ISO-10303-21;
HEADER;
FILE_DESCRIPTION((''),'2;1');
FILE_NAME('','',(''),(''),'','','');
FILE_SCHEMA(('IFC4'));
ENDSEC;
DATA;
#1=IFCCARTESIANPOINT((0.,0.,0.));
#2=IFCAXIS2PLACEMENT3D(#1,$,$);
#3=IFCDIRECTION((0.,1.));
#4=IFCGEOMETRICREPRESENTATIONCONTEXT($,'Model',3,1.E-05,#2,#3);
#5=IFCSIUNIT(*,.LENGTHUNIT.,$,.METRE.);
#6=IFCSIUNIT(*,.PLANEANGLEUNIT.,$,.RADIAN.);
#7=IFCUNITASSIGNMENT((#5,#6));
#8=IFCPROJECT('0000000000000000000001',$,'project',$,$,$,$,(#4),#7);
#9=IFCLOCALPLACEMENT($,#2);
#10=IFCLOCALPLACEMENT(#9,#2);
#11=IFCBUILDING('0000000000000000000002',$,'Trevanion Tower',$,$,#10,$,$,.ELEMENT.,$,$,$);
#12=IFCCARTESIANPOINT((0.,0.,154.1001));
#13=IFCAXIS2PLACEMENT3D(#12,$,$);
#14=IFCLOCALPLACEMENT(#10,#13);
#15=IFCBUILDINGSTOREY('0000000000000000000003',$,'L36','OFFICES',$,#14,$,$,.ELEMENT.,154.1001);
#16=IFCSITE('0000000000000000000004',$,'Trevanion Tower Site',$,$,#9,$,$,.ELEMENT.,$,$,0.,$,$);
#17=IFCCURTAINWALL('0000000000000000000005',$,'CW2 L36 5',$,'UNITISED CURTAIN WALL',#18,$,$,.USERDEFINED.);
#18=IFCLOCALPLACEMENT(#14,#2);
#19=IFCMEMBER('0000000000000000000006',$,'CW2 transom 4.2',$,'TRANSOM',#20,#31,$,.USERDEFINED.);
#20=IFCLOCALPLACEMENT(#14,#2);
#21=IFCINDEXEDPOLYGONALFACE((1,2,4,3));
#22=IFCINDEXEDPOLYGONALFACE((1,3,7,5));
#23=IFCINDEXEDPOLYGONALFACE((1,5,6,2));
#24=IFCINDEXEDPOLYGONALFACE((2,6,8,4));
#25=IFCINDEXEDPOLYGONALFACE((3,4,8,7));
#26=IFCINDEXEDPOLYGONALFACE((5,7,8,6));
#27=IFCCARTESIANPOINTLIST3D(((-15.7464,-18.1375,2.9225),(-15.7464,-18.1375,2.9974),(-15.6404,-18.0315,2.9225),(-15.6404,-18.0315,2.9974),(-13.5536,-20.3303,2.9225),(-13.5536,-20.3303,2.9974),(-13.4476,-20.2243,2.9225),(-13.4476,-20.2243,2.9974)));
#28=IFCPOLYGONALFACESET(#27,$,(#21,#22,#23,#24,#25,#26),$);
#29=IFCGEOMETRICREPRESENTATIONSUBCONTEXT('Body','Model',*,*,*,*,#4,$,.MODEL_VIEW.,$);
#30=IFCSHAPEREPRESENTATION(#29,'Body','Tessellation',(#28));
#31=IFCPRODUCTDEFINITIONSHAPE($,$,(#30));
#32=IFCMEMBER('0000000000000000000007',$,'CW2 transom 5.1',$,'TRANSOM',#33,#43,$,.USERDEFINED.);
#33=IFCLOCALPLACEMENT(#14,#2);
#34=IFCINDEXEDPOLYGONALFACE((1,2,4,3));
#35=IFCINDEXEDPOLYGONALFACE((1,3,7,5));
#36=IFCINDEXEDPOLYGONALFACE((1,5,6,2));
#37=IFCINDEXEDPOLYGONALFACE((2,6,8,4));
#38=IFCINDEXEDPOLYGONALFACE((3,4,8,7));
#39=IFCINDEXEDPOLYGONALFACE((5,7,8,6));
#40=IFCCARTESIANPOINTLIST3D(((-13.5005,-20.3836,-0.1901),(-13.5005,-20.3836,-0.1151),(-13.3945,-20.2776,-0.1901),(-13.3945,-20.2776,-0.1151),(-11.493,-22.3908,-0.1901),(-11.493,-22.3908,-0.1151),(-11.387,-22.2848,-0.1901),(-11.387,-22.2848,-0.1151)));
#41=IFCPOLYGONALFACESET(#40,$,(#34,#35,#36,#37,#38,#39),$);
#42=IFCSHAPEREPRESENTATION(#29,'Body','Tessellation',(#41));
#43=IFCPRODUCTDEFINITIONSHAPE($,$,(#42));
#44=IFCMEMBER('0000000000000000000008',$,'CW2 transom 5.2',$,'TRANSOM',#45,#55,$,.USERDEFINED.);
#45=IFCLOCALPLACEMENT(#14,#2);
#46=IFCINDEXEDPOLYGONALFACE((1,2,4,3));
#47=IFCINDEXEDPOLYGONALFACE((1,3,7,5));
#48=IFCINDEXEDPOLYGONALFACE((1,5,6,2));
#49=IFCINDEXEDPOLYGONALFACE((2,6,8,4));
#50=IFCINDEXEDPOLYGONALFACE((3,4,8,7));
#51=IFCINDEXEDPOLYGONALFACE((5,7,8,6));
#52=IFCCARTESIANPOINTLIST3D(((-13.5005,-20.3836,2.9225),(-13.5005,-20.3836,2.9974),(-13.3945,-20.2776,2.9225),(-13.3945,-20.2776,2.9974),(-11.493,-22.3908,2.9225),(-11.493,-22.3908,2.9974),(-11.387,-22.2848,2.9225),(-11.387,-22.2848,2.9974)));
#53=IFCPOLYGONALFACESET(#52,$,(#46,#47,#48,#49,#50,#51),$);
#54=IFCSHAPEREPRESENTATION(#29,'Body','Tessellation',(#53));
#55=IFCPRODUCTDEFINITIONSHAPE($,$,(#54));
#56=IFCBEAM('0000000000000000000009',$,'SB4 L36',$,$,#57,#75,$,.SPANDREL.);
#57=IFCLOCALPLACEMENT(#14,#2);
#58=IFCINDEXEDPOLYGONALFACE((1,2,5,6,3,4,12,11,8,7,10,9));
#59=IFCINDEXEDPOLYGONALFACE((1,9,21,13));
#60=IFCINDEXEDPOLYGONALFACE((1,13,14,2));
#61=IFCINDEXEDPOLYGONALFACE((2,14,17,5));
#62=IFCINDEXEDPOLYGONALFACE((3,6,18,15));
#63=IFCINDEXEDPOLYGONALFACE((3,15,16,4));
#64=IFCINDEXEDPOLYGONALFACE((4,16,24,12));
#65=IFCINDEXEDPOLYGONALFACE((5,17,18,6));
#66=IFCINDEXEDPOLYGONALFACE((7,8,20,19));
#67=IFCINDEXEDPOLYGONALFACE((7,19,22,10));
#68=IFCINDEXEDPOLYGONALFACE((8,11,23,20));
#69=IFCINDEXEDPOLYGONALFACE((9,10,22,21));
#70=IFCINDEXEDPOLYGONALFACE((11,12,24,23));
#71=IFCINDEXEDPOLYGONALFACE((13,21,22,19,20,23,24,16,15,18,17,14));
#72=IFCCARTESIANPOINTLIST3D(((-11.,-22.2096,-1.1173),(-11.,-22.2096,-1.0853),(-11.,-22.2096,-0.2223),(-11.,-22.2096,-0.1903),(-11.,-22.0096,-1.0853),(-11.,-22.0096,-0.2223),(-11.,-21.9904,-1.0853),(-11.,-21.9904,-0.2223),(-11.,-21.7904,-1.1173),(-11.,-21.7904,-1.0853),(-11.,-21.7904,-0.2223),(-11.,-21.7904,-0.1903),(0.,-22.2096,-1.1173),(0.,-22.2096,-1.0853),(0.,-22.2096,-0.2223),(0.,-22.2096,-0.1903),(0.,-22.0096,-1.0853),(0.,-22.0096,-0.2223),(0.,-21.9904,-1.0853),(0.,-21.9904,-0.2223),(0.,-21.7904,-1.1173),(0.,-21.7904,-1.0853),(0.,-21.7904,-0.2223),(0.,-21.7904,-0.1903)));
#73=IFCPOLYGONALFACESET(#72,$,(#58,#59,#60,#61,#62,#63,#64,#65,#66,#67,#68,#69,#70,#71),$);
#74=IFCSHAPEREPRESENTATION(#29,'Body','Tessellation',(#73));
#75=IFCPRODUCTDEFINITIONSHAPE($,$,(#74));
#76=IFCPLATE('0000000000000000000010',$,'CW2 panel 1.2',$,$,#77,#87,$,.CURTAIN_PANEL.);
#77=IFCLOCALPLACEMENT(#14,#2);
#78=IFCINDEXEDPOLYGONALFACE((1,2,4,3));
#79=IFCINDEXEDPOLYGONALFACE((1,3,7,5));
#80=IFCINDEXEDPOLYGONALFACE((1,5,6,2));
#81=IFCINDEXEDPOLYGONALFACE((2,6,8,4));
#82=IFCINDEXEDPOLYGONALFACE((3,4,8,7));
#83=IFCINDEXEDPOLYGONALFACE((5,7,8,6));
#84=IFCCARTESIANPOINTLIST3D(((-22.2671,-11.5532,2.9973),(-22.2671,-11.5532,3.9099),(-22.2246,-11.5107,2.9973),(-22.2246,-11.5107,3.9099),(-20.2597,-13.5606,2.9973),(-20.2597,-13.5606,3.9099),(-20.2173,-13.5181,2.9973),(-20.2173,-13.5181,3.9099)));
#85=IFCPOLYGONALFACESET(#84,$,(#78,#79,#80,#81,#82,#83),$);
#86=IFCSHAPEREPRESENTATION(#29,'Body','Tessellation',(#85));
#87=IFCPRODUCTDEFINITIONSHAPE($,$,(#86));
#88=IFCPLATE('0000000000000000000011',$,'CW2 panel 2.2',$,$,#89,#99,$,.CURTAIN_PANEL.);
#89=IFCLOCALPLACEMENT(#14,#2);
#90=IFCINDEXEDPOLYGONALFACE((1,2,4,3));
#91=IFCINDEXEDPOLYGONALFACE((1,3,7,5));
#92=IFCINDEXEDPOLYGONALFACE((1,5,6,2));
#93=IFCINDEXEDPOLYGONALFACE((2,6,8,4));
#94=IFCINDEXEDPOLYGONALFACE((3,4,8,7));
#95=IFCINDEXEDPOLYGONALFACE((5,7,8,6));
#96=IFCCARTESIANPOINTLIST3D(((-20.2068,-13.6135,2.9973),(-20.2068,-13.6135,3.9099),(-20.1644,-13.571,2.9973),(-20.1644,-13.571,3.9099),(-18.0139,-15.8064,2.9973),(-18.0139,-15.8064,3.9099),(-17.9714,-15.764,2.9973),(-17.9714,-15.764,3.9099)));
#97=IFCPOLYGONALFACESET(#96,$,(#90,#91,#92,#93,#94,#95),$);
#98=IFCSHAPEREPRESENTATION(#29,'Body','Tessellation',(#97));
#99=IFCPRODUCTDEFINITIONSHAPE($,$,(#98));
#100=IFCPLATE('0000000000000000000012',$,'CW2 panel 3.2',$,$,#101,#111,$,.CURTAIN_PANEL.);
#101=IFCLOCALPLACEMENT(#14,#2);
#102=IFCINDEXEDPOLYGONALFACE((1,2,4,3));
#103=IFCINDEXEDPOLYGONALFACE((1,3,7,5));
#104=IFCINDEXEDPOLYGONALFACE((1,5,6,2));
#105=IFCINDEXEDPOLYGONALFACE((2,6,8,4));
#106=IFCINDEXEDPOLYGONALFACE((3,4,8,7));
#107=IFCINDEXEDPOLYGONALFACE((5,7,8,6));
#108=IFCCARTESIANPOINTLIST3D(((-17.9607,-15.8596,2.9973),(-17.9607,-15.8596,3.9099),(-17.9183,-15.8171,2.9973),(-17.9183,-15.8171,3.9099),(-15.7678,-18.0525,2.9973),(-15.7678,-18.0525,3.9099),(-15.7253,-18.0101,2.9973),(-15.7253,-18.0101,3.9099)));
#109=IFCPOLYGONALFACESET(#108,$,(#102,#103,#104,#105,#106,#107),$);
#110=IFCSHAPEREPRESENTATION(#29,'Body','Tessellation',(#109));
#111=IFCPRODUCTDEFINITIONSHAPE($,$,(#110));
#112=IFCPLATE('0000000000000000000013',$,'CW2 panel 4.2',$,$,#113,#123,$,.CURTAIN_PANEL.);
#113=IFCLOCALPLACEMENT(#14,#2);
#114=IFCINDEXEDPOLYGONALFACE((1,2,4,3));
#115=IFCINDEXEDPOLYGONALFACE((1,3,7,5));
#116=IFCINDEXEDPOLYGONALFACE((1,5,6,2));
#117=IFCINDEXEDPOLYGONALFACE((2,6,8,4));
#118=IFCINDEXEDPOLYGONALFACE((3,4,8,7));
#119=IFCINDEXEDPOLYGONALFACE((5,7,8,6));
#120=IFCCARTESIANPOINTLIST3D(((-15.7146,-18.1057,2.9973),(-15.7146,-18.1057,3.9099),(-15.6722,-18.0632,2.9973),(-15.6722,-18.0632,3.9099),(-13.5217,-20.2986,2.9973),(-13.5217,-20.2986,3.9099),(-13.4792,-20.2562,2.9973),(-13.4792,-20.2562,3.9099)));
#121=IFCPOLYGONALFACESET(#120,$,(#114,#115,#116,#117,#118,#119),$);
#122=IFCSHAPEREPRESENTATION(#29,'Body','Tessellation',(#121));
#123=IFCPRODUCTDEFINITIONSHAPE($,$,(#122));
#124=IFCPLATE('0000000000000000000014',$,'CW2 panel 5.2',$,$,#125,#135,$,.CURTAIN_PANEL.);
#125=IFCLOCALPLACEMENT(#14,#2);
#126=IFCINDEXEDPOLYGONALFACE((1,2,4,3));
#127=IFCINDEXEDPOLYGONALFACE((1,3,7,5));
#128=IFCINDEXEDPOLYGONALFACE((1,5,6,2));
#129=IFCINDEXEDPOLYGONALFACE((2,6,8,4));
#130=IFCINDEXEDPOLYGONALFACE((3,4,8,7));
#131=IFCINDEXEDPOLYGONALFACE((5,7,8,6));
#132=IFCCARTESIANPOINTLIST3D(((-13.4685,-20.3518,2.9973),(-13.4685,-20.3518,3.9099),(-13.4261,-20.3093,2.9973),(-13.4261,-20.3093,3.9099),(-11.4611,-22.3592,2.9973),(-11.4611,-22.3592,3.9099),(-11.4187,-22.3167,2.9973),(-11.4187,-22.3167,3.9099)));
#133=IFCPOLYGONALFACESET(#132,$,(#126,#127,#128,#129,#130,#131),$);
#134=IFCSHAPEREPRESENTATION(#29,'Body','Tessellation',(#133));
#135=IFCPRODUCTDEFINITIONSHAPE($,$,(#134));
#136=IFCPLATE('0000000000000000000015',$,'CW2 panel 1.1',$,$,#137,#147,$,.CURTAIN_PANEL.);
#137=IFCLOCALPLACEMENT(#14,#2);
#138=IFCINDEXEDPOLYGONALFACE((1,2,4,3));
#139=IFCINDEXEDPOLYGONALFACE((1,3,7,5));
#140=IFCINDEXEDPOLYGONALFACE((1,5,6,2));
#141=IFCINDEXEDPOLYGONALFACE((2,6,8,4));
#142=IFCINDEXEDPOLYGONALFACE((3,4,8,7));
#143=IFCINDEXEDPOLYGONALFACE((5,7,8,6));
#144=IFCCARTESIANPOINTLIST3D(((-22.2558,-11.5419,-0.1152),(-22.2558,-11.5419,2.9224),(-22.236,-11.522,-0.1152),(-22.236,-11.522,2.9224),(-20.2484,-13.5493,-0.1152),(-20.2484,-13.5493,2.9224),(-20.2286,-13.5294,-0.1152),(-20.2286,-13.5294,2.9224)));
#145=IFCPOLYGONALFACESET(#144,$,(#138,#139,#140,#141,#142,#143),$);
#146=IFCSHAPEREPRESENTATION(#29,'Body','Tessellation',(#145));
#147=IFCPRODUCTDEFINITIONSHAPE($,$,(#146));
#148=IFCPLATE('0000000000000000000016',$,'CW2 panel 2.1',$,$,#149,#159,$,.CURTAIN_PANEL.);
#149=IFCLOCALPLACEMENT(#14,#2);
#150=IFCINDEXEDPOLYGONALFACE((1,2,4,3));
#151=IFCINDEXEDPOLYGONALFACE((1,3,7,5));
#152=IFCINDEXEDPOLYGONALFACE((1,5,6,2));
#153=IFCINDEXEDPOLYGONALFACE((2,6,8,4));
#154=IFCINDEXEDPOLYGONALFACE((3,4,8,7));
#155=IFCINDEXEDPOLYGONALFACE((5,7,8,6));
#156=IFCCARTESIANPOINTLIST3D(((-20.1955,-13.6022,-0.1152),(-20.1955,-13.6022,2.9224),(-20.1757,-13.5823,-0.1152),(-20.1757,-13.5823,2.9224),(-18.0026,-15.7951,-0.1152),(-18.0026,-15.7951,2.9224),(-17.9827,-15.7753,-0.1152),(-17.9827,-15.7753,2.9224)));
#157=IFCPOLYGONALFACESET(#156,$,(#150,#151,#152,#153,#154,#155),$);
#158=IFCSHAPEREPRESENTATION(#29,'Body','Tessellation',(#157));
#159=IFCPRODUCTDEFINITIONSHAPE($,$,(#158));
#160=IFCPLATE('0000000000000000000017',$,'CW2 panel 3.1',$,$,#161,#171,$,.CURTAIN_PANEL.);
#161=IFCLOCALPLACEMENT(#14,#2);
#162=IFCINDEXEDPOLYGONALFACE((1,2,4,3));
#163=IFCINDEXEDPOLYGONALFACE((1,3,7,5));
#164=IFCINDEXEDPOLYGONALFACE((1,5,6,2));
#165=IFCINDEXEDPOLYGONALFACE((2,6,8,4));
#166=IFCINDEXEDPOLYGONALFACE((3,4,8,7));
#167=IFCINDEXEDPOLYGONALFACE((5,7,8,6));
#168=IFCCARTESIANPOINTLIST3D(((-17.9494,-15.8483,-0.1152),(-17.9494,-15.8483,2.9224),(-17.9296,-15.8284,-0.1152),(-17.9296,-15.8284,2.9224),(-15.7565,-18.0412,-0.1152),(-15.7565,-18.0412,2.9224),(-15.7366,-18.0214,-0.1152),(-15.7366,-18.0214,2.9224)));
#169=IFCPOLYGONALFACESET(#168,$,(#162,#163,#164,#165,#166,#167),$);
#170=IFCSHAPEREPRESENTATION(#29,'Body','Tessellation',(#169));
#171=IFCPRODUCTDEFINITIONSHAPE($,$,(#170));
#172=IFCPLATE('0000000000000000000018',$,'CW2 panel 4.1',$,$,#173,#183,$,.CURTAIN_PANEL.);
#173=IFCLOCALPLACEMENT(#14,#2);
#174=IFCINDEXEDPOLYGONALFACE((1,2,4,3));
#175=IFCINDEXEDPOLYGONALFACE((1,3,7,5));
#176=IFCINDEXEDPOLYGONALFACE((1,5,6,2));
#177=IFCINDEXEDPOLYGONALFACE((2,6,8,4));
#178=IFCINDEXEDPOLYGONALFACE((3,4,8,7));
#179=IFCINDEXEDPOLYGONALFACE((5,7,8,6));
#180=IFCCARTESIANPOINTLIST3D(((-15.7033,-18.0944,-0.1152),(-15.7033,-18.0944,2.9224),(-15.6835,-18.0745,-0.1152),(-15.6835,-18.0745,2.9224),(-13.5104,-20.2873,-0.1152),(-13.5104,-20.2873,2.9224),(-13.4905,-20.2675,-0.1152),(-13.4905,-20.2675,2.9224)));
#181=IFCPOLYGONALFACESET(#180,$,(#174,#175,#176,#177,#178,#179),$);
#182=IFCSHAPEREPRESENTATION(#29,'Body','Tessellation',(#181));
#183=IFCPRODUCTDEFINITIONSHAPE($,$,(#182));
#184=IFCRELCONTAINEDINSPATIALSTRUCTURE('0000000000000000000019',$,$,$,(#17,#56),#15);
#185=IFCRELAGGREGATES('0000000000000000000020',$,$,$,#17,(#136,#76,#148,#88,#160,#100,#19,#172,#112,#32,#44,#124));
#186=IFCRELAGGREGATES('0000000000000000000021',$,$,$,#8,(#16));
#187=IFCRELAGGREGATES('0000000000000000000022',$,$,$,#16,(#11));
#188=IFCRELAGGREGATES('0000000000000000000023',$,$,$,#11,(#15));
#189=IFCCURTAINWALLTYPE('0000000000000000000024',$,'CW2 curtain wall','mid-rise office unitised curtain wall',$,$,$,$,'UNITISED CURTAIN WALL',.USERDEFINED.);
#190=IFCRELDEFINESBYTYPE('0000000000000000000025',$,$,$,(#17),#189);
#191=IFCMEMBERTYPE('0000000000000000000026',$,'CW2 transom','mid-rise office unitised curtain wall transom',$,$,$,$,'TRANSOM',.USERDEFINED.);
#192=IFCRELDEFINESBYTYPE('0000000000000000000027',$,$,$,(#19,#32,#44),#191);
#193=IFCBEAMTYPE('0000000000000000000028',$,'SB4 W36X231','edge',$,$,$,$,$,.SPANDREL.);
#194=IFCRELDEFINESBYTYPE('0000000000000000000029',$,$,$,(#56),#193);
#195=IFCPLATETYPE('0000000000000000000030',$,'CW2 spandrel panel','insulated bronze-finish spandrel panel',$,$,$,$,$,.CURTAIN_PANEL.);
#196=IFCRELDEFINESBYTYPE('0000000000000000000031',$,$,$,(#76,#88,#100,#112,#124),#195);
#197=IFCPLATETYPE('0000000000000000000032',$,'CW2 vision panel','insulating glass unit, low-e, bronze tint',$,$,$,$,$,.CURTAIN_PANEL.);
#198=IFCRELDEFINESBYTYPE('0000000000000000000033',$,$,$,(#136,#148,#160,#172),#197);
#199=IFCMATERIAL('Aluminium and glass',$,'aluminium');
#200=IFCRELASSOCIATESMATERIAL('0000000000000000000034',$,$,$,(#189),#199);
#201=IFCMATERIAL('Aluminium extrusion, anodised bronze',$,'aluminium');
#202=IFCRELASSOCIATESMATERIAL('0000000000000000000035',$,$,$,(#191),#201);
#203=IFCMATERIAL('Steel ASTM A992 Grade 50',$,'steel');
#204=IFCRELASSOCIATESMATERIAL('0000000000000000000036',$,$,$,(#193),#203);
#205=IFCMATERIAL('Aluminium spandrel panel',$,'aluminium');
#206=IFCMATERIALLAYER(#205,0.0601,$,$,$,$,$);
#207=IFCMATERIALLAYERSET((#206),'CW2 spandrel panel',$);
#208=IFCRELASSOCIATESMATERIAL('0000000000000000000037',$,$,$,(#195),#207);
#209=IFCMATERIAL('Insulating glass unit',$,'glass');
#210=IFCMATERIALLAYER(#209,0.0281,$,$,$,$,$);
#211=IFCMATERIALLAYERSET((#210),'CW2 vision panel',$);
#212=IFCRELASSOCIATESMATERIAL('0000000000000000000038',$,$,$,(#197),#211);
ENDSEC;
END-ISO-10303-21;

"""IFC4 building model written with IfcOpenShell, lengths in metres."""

from ifc_helpers import new_model, si_unit, direction, frame, origin, origin_2d, place, context, subcontext, project, spatial, rectangle, i_section, extrude, material, layer, layer_set, material_profile, profile_set, type_object, element, aggregate, save


model = new_model("IFC4")

# Units and contexts
model_context = context("Model", 3, precision=1e-05, world=origin(), true_north=direction((0.0, 1.0)))
body_context = subcontext(model_context, "Body", "Model", "MODEL_VIEW")
ifc_project = project(units=[si_unit("LENGTHUNIT", "METRE"), si_unit("PLANEANGLEUNIT", "RADIAN")], contexts=[model_context])

# Site, building, storey
site_placement = place(None, origin())
site = spatial("IfcSite", under=ifc_project, at=site_placement, Name="Trevanion Tower Site", CompositionType="ELEMENT", RefElevation=0.0)
building_placement = place(site_placement, origin())
building = spatial("IfcBuilding", under=site, at=building_placement, Name="Trevanion Tower", CompositionType="ELEMENT")
storey_placement = place(building_placement, frame((0.0, 0.0, 154.1001)))
storey = spatial("IfcBuildingStorey", under=building, at=storey_placement, Name="L36", Description="OFFICES", CompositionType="ELEMENT", Elevation=154.1001)

# Curtain wall, members
ifc_material_1 = material(Name="Aluminium and glass", Category="aluminium")
curtain_wall_type = type_object("IfcCurtainWallType", Name="CW2 curtain wall", Description="mid-rise office unitised curtain wall", ElementType="UNITISED CURTAIN WALL", PredefinedType="USERDEFINED", material=ifc_material_1)
curtain_wall_placement = place(storey_placement, origin())
curtain_wall = element("IfcCurtainWall", 1, at=curtain_wall_placement, inside=storey, type_object=curtain_wall_type, Name="CW2 L36 5", ObjectType="UNITISED CURTAIN WALL", PredefinedType="USERDEFINED")
ifc_material_2 = material(Name="Aluminium extrusion, anodised bronze", Category="aluminium")
ifc_material_profile_1 = material_profile(ifc_material_2, rectangle(XDim=0.1499, YDim=0.075, at=origin_2d()), Name="CW2 transom")
ifc_profile_set_1 = profile_set([ifc_material_profile_1], Name="Aluminium extrusion, anodised bronze")
member_type_1 = type_object("IfcMemberType", Name="CW2 transom", Description="mid-rise office unitised curtain wall transom", ElementType="TRANSOM", PredefinedType="USERDEFINED", material=ifc_profile_set_1)
member_1_placement = place(storey_placement, frame((-15.6934, -18.0845, 2.96), z_axis=(0.707107, -0.707107, 0.0), x_axis=(0.707107, 0.707107, 0.0)))
member_1 = element("IfcMember", 2, at=member_1_placement, type_object=member_type_1, Name="CW2 transom 4.2", ObjectType="TRANSOM", PredefinedType="USERDEFINED", context=body_context, shape_type="SweptSolid", body=[
    extrude(rectangle(XDim=0.1499, YDim=0.075, at=origin_2d()), origin(), (0.0, 0.0, 1.0), 3.1011),
])
member_2_placement = place(storey_placement, frame((-13.4475, -20.3306, -0.1526), z_axis=(0.70715, -0.707064, 0.0), x_axis=(0.707064, 0.70715, 0.0)))
member_2 = element("IfcMember", 3, at=member_2_placement, type_object=member_type_1, Name="CW2 transom 5.1", ObjectType="TRANSOM", PredefinedType="USERDEFINED", context=body_context, shape_type="SweptSolid", body=[
    extrude(rectangle(XDim=0.1499, YDim=0.075, at=origin_2d()), origin(), (0.0, 0.0, 1.0), 2.8389),
])
member_3_placement = place(storey_placement, frame((-13.4475, -20.3306, 2.96), z_axis=(0.70715, -0.707064, 0.0), x_axis=(0.707064, 0.70715, 0.0)))
member_3 = element("IfcMember", 4, at=member_3_placement, type_object=member_type_1, Name="CW2 transom 5.2", ObjectType="TRANSOM", PredefinedType="USERDEFINED", context=body_context, shape_type="SweptSolid", body=[
    extrude(rectangle(XDim=0.1499, YDim=0.075, at=origin_2d()), origin(), (0.0, 0.0, 1.0), 2.8389),
])

# Beam
ifc_material_3 = material(Name="Steel ASTM A992 Grade 50", Category="steel")
ifc_material_profile_2 = material_profile(ifc_material_3, i_section(OverallWidth=0.4192, OverallDepth=0.927, WebThickness=0.0193, FlangeThickness=0.032, at=origin_2d()), Name="W36X231")
ifc_profile_set_2 = profile_set([ifc_material_profile_2], Name="Steel ASTM A992 Grade 50")
beam_type_1 = type_object("IfcBeamType", Name="SB4 W36X231", Description="edge", PredefinedType="SPANDREL", material=ifc_profile_set_2)
beam_1_placement = place(storey_placement, frame((-11.0, -22.0, -0.6538), z_axis=(1.0, 0.0, 0.0), x_axis=(0.0, 1.0, 0.0)))
element("IfcBeam", 5, at=beam_1_placement, inside=storey, type_object=beam_type_1, Name="SB4 L36", PredefinedType="SPANDREL", context=body_context, shape_type="SweptSolid", body=[
    extrude(i_section(OverallWidth=0.4192, OverallDepth=0.927, WebThickness=0.0193, FlangeThickness=0.032, at=origin_2d()), origin(), (0.0, 0.0, 1.0), 11.0),
])

# Plates
ifc_material_4 = material(Name="Aluminium spandrel panel", Category="aluminium")
ifc_layer_1 = layer(ifc_material_4, 0.0601)
ifc_layer_set_1 = layer_set([ifc_layer_1], Name="CW2 spandrel panel")
plate_type_1 = type_object("IfcPlateType", Name="CW2 spandrel panel", Description="insulated bronze-finish spandrel panel", PredefinedType="CURTAIN_PANEL", material=ifc_layer_set_1)
plate_1_placement = place(storey_placement, frame((-21.2422, -12.5356, 2.9973), z_axis=(0.0, 0.0, 1.0), x_axis=(0.707107, -0.707107, 0.0)))
plate_1 = element("IfcPlate", 6, at=plate_1_placement, type_object=plate_type_1, Name="CW2 panel 1.2", PredefinedType="CURTAIN_PANEL", context=body_context, shape_type="SweptSolid", body=[
    extrude(rectangle(XDim=2.8389, YDim=0.0601, at=origin_2d()), origin(), (0.0, 0.0, 1.0), 0.9126),
])
plate_2_placement = place(storey_placement, frame((-19.0891, -14.6887, 2.9973), z_axis=(0.0, 0.0, 1.0), x_axis=(0.707107, -0.707107, 0.0)))
plate_2 = element("IfcPlate", 7, at=plate_2_placement, type_object=plate_type_1, Name="CW2 panel 2.2", PredefinedType="CURTAIN_PANEL", context=body_context, shape_type="SweptSolid", body=[
    extrude(rectangle(XDim=3.1013, YDim=0.0601, at=origin_2d()), origin(), (0.0, 0.0, 1.0), 0.9126),
])
plate_3_placement = place(storey_placement, frame((-16.843, -16.9348, 2.9973), z_axis=(0.0, 0.0, 1.0), x_axis=(0.707107, -0.707107, 0.0)))
plate_3 = element("IfcPlate", 8, at=plate_3_placement, type_object=plate_type_1, Name="CW2 panel 3.2", PredefinedType="CURTAIN_PANEL", context=body_context, shape_type="SweptSolid", body=[
    extrude(rectangle(XDim=3.1013, YDim=0.0601, at=origin_2d()), origin(), (0.0, 0.0, 1.0), 0.9126),
])
plate_4_placement = place(storey_placement, frame((-14.5969, -19.1809, 2.9973), z_axis=(0.0, 0.0, 1.0), x_axis=(0.707107, -0.707107, 0.0)))
plate_4 = element("IfcPlate", 9, at=plate_4_placement, type_object=plate_type_1, Name="CW2 panel 4.2", PredefinedType="CURTAIN_PANEL", context=body_context, shape_type="SweptSolid", body=[
    extrude(rectangle(XDim=3.1013, YDim=0.0601, at=origin_2d()), origin(), (0.0, 0.0, 1.0), 0.9126),
])
plate_5_placement = place(storey_placement, frame((-12.4436, -21.3342, 2.9973), z_axis=(0.0, 0.0, 1.0), x_axis=(0.707107, -0.707107, 0.0)))
plate_5 = element("IfcPlate", 10, at=plate_5_placement, type_object=plate_type_1, Name="CW2 panel 5.2", PredefinedType="CURTAIN_PANEL", context=body_context, shape_type="SweptSolid", body=[
    extrude(rectangle(XDim=2.8389, YDim=0.0601, at=origin_2d()), origin(), (0.0, 0.0, 1.0), 0.9126),
])
ifc_material_5 = material(Name="Insulating glass unit", Category="glass")
ifc_layer_2 = layer(ifc_material_5, 0.0281)
ifc_layer_set_2 = layer_set([ifc_layer_2], Name="CW2 vision panel")
plate_type_2 = type_object("IfcPlateType", Name="CW2 vision panel", Description="insulating glass unit, low-e, bronze tint", PredefinedType="CURTAIN_PANEL", material=ifc_layer_set_2)
plate_6_placement = place(storey_placement, frame((-21.2422, -12.5356, -0.1152), z_axis=(0.0, 0.0, 1.0), x_axis=(0.707107, -0.707107, 0.0)))
plate_6 = element("IfcPlate", 11, at=plate_6_placement, type_object=plate_type_2, Name="CW2 panel 1.1", PredefinedType="CURTAIN_PANEL", context=body_context, shape_type="SweptSolid", body=[
    extrude(rectangle(XDim=2.8389, YDim=0.0281, at=origin_2d()), origin(), (0.0, 0.0, 1.0), 3.0376),
])
plate_7_placement = place(storey_placement, frame((-19.0891, -14.6887, -0.1152), z_axis=(0.0, 0.0, 1.0), x_axis=(0.707107, -0.707107, 0.0)))
plate_7 = element("IfcPlate", 12, at=plate_7_placement, type_object=plate_type_2, Name="CW2 panel 2.1", PredefinedType="CURTAIN_PANEL", context=body_context, shape_type="SweptSolid", body=[
    extrude(rectangle(XDim=3.1013, YDim=0.0281, at=origin_2d()), origin(), (0.0, 0.0, 1.0), 3.0376),
])
plate_8_placement = place(storey_placement, frame((-16.843, -16.9348, -0.1152), z_axis=(0.0, 0.0, 1.0), x_axis=(0.707107, -0.707107, 0.0)))
plate_8 = element("IfcPlate", 13, at=plate_8_placement, type_object=plate_type_2, Name="CW2 panel 3.1", PredefinedType="CURTAIN_PANEL", context=body_context, shape_type="SweptSolid", body=[
    extrude(rectangle(XDim=3.1013, YDim=0.0281, at=origin_2d()), origin(), (0.0, 0.0, 1.0), 3.0376),
])
plate_9_placement = place(storey_placement, frame((-14.5969, -19.1809, -0.1152), z_axis=(0.0, 0.0, 1.0), x_axis=(0.707107, -0.707107, 0.0)))
plate_9 = element("IfcPlate", 14, at=plate_9_placement, type_object=plate_type_2, Name="CW2 panel 4.1", PredefinedType="CURTAIN_PANEL", context=body_context, shape_type="SweptSolid", body=[
    extrude(rectangle(XDim=3.1013, YDim=0.0281, at=origin_2d()), origin(), (0.0, 0.0, 1.0), 3.0376),
])
aggregate(curtain_wall, [plate_6, plate_1, plate_7, plate_2, plate_8, plate_3, member_1, plate_9, plate_4, member_2, member_3, plate_5])

save(model, "model.ifc")
